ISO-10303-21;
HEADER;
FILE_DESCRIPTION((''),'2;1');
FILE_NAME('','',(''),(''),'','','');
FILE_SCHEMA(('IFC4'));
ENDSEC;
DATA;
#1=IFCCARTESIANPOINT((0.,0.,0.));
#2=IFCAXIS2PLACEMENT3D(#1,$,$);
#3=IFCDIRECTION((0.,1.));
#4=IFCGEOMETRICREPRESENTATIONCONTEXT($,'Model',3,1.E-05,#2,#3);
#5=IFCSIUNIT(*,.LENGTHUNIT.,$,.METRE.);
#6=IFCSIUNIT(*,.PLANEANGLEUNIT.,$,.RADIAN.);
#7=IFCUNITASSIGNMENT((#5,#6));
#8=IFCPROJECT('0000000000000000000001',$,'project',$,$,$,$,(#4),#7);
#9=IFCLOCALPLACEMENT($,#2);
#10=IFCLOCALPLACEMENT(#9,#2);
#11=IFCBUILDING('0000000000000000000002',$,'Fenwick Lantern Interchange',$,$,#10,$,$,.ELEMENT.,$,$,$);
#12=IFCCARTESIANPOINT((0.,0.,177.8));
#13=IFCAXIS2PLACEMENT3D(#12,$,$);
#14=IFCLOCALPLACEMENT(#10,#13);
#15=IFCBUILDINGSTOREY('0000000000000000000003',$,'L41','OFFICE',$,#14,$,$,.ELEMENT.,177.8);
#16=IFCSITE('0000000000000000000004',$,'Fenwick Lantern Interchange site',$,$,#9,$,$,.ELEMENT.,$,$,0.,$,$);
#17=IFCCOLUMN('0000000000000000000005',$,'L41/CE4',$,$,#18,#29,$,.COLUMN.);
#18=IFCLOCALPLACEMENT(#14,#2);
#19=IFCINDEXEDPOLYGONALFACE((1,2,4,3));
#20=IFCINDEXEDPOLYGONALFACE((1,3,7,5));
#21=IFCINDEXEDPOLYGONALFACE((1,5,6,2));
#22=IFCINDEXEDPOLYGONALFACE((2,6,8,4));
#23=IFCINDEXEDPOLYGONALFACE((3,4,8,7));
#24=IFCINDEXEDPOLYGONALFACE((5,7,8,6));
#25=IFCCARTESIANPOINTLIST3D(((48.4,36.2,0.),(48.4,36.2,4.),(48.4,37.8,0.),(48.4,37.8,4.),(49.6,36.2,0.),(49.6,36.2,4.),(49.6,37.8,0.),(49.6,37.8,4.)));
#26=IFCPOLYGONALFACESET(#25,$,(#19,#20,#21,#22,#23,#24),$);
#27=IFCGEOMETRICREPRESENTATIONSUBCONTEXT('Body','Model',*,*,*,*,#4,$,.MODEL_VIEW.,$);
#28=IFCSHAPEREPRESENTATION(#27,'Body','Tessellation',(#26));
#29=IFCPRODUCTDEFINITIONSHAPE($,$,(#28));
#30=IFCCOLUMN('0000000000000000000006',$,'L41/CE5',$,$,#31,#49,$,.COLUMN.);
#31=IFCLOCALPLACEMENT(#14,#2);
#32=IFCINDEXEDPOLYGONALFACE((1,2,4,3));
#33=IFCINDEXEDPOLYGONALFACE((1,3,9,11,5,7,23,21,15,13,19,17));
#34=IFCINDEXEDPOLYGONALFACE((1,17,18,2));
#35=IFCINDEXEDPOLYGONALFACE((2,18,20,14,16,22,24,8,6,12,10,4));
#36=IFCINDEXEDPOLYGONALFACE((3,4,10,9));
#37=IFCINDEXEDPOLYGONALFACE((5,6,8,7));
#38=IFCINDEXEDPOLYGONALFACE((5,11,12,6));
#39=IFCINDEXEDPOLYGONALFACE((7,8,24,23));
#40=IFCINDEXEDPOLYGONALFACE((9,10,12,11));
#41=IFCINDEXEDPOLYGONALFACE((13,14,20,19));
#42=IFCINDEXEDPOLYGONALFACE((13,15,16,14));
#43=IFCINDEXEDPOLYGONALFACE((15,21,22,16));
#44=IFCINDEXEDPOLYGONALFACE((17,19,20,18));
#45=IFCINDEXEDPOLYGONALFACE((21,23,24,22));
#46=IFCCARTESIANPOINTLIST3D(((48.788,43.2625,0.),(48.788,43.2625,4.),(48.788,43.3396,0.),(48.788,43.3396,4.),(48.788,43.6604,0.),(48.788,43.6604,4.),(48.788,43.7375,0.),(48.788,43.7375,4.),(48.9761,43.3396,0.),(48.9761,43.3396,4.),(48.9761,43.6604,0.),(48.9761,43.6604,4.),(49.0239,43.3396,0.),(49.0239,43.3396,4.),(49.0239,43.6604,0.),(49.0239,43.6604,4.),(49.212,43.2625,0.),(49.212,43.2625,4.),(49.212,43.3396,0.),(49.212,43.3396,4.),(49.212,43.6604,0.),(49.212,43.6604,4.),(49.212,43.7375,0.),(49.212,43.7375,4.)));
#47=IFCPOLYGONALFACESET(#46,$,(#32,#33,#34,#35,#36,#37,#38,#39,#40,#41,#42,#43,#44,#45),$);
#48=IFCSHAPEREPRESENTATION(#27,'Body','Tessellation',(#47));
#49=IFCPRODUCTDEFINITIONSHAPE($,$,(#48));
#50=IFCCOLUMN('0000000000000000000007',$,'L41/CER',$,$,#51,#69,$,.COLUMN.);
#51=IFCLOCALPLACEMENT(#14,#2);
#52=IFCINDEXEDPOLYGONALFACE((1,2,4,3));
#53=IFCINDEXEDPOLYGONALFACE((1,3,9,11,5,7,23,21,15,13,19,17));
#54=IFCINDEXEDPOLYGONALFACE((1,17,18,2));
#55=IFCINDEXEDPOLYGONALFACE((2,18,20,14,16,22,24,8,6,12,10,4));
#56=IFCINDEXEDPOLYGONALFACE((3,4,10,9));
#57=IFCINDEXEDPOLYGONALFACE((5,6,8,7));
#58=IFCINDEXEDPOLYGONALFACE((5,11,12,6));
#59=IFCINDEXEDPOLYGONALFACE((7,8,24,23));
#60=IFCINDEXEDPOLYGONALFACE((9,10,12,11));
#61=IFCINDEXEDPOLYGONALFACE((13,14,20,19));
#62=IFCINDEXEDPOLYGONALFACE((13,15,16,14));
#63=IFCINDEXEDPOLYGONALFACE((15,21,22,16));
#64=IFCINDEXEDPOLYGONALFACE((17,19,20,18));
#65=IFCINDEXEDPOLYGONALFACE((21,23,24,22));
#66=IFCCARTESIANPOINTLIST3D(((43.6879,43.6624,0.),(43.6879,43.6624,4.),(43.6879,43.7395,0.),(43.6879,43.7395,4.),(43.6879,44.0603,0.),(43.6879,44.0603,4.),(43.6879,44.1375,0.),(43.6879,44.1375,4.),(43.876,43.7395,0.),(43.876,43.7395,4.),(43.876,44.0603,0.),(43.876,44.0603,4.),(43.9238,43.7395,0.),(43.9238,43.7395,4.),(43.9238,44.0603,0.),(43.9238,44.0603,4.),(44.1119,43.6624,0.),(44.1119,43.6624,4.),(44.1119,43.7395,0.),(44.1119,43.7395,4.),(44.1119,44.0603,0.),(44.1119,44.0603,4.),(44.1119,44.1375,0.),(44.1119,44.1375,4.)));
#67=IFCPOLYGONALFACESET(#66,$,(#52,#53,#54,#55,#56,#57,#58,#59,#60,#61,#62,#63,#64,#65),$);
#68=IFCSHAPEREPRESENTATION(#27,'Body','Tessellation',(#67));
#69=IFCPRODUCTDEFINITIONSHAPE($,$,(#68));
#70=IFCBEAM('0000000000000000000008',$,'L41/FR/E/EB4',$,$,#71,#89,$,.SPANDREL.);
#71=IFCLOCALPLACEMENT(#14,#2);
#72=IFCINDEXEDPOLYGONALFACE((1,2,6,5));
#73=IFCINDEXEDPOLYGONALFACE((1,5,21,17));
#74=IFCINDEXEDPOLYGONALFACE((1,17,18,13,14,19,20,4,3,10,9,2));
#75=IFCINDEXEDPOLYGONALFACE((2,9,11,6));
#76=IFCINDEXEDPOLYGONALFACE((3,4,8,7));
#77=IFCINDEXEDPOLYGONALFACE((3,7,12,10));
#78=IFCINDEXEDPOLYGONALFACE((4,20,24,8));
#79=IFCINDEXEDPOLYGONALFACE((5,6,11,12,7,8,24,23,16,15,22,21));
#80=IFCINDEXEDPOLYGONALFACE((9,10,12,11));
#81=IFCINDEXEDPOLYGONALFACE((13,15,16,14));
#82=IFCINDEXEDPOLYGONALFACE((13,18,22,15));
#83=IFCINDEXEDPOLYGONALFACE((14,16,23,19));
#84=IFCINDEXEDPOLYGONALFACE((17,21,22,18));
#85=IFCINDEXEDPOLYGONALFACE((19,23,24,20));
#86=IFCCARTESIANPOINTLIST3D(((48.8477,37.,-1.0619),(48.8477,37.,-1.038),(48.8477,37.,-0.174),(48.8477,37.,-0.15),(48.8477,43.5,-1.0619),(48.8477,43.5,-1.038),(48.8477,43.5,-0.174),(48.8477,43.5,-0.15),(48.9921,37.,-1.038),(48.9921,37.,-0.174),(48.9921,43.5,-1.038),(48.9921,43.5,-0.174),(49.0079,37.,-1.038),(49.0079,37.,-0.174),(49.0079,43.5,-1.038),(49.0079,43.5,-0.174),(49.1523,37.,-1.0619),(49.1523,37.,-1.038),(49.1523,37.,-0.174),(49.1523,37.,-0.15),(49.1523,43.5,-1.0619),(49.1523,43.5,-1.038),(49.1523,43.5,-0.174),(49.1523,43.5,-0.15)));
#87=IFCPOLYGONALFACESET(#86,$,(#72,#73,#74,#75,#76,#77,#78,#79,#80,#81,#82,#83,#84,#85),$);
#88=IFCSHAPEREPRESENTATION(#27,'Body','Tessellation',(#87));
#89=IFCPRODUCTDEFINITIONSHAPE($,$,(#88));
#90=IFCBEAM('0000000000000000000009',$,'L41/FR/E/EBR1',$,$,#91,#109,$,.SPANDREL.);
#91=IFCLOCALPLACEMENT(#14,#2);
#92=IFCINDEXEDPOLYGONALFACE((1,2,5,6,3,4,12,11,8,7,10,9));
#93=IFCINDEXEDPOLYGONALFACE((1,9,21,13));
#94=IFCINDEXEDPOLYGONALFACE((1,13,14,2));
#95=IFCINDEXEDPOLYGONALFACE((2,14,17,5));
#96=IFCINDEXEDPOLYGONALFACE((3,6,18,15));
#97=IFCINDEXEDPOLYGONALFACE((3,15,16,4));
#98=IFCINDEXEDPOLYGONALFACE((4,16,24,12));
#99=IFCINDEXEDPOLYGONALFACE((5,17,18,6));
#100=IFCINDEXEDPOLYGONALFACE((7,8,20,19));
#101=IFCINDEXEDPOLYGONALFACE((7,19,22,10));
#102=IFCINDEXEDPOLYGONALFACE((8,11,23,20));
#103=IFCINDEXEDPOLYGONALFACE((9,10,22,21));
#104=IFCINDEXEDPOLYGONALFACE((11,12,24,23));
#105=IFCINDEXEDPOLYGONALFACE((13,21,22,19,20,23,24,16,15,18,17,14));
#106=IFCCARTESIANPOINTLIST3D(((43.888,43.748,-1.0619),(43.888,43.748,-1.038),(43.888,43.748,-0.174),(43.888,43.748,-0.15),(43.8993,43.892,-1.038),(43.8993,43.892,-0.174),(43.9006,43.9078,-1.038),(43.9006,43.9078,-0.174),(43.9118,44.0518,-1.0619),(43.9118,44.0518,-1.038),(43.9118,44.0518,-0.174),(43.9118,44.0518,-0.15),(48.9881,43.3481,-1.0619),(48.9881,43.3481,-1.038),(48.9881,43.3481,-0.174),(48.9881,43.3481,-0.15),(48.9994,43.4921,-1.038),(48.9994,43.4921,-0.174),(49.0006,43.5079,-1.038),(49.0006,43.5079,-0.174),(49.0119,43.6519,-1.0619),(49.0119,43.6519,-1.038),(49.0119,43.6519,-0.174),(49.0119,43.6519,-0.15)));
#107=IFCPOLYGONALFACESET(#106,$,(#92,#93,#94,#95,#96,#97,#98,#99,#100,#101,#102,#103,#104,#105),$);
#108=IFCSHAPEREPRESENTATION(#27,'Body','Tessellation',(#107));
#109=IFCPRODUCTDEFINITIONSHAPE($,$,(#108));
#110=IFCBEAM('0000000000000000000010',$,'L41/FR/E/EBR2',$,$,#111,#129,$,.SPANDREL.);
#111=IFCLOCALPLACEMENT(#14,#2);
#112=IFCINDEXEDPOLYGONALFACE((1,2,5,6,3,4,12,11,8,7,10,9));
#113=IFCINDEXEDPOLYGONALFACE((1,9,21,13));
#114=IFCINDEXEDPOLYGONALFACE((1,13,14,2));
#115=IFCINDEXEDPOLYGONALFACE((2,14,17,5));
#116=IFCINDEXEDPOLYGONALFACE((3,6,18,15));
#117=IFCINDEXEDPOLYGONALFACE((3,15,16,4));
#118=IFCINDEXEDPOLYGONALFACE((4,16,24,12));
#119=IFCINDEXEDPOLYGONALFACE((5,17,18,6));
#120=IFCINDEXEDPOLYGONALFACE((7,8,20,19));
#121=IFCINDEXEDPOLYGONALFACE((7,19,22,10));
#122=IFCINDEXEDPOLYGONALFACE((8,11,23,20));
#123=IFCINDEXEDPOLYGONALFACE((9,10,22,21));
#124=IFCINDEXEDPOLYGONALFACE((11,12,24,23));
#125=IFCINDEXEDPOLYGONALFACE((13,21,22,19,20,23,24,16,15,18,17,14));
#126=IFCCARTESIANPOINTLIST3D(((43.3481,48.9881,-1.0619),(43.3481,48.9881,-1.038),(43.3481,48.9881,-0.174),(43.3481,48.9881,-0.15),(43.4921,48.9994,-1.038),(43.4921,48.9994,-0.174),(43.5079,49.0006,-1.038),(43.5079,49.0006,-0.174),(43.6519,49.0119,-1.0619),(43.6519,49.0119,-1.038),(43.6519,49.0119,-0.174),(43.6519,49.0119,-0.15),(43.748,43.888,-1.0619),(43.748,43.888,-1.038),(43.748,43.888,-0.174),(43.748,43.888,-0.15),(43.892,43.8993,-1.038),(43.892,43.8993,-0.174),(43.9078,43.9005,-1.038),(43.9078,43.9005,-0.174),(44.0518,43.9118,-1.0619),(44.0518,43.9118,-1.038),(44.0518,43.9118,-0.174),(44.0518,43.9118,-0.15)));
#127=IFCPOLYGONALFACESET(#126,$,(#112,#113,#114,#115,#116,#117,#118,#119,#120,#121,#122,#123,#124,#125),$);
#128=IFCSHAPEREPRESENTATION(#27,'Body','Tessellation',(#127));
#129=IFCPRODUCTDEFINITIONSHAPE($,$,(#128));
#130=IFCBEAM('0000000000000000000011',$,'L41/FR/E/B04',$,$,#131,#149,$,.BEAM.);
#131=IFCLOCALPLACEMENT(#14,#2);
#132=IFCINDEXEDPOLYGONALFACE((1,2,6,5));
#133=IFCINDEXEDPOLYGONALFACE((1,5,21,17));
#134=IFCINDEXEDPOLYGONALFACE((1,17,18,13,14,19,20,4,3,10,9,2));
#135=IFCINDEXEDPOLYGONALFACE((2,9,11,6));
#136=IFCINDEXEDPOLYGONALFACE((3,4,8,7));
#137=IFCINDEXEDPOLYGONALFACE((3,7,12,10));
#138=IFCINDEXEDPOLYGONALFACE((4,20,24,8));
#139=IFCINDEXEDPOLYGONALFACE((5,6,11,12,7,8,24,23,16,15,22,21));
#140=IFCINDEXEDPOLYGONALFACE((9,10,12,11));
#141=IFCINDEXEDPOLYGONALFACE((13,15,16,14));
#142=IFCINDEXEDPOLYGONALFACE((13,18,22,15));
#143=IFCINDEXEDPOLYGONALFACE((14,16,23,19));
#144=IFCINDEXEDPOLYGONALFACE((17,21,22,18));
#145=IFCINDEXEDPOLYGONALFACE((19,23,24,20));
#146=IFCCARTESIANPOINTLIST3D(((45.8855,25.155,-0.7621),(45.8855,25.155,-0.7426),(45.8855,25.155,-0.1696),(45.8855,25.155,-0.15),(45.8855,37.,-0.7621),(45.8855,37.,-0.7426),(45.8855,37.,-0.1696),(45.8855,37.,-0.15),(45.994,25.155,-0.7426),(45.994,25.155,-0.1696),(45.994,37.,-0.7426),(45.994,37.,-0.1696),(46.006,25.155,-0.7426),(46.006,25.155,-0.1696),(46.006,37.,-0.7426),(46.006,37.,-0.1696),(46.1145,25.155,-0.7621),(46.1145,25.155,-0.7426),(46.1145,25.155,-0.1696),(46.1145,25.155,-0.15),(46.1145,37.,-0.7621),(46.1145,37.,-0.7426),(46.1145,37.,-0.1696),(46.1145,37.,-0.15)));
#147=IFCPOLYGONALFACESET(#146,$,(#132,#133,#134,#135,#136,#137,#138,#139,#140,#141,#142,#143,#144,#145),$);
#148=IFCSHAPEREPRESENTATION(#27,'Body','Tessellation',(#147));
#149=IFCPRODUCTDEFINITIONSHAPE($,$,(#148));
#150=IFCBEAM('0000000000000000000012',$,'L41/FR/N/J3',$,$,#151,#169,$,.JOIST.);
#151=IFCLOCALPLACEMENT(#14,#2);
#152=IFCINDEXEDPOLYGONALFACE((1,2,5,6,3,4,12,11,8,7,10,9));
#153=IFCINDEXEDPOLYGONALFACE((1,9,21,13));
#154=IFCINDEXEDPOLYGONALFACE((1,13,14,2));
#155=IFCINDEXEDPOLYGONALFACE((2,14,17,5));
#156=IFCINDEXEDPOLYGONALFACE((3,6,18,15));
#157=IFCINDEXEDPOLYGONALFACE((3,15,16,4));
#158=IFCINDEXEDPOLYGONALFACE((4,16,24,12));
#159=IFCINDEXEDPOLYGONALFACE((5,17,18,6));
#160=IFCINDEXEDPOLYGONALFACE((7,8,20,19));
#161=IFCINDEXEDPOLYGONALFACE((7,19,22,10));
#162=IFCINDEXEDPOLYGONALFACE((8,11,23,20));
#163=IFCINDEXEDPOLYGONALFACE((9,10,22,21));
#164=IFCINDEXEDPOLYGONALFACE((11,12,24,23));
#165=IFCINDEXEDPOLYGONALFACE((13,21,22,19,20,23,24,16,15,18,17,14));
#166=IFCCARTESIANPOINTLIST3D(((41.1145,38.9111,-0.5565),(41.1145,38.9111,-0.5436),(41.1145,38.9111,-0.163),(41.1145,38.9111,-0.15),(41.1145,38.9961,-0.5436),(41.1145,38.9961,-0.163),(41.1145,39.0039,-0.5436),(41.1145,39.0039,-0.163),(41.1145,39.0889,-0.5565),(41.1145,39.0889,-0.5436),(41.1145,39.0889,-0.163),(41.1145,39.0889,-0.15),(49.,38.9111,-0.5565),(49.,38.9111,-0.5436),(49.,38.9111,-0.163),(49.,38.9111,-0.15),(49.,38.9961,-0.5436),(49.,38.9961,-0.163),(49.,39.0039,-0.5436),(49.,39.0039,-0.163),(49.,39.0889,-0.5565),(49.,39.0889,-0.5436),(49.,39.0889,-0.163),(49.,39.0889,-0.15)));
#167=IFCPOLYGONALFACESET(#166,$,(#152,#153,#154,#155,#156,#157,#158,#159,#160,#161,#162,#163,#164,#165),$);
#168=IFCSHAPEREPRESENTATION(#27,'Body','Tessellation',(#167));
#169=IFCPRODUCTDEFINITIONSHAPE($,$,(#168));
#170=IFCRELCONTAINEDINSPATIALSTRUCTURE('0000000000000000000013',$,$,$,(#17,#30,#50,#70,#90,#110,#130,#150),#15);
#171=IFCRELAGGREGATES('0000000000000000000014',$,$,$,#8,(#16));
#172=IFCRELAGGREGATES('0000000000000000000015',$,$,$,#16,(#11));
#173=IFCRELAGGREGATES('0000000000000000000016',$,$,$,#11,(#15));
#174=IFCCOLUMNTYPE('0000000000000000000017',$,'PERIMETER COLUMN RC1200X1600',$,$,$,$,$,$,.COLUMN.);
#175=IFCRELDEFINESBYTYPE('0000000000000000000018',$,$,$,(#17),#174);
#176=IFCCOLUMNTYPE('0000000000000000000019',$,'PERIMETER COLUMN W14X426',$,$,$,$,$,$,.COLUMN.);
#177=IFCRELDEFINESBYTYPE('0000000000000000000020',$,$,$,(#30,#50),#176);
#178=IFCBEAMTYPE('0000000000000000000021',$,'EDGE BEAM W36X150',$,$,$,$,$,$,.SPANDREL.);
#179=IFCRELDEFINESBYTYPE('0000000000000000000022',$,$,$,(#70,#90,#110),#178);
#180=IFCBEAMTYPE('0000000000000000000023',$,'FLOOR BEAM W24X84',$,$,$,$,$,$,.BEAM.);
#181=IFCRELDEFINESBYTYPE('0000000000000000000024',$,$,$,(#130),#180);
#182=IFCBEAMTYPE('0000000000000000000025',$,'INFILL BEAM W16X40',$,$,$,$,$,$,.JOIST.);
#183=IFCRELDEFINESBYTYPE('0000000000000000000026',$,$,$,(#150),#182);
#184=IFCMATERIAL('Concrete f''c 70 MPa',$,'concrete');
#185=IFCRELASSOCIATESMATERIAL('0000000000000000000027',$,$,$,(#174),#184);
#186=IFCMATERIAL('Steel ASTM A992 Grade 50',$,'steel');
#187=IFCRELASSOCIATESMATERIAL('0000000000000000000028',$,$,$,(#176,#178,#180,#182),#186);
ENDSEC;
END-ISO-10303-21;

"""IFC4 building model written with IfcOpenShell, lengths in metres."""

from ifc_helpers import new_model, si_unit, direction, frame, origin, origin_2d, place, context, subcontext, project, spatial, rectangle, i_section, extrude, material, material_profile, profile_set, type_object, element, save


model = new_model("IFC4")

# Units and contexts
model_context = context("Model", 3, precision=1e-05, world=origin(), true_north=direction((0.0, 1.0)))
body_context = subcontext(model_context, "Body", "Model", "MODEL_VIEW")
ifc_project = project(units=[si_unit("LENGTHUNIT", "METRE"), si_unit("PLANEANGLEUNIT", "RADIAN")], contexts=[model_context])

# Site, building, storey
site_placement = place(None, origin())
site = spatial("IfcSite", under=ifc_project, at=site_placement, Name="Fenwick Lantern Interchange site", CompositionType="ELEMENT", RefElevation=0.0)
building_placement = place(site_placement, origin())
building = spatial("IfcBuilding", under=site, at=building_placement, Name="Fenwick Lantern Interchange", CompositionType="ELEMENT")
storey_placement = place(building_placement, frame((0.0, 0.0, 177.8)))
storey = spatial("IfcBuildingStorey", under=building, at=storey_placement, Name="L41", Description="OFFICE", CompositionType="ELEMENT", Elevation=177.8)

# Columns
ifc_material_1 = material(Name="Concrete f'c 70 MPa", Category="concrete")
ifc_material_profile_1 = material_profile(ifc_material_1, rectangle(XDim=1.2, YDim=1.6001, at=origin_2d()), Name="RC1200X1600")
ifc_profile_set_1 = profile_set([ifc_material_profile_1], Name="Concrete f'c 70 MPa")
column_type_1 = type_object("IfcColumnType", Name="PERIMETER COLUMN RC1200X1600", PredefinedType="COLUMN", material=ifc_profile_set_1)
column_placement = place(storey_placement, frame((49.0, 37.0, 0.0), z_axis=(0.0, 0.0, 1.0), x_axis=(1.0, 0.0, 0.0)))
element("IfcColumn", 1, at=column_placement, inside=storey, type_object=column_type_1, Name="L41/CE4", PredefinedType="COLUMN", context=body_context, shape_type="SweptSolid", body=[
    extrude(rectangle(XDim=1.2, YDim=1.6001, at=origin_2d()), origin(), (0.0, 0.0, 1.0), 4.0),
])
ifc_material_2 = material(Name="Steel ASTM A992 Grade 50", Category="steel")
ifc_material_profile_2 = material_profile(ifc_material_2, i_section(OverallWidth=0.4241, OverallDepth=0.4751, WebThickness=0.0479, FlangeThickness=0.0771, at=origin_2d()), Name="W14X426")
ifc_profile_set_2 = profile_set([ifc_material_profile_2], Name="Steel ASTM A992 Grade 50")
column_type_2 = type_object("IfcColumnType", Name="PERIMETER COLUMN W14X426", PredefinedType="COLUMN", material=ifc_profile_set_2)
for number, where, z_axis, x_axis, name in (
    (2, (49.0, 43.5, 0.0), (0.0, 0.0, 1.0), (1.0, 0.0, 0.0), "L41/CE5"),
    (3, (43.8999, 43.8999, 0.0), (0.0, 0.0, 1.0), (1.0, 0.0, 0.0), "L41/CER"),
):
    element("IfcColumn", number, at=place(storey_placement, frame(where, z_axis=z_axis, x_axis=x_axis)), inside=storey, type_object=column_type_2, Name=name, PredefinedType="COLUMN", context=body_context, shape_type="SweptSolid", body=[
        extrude(i_section(OverallWidth=0.4241, OverallDepth=0.4751, WebThickness=0.0479, FlangeThickness=0.0771, at=origin_2d()), origin(), (0.0, 0.0, 1.0), 4.0),
    ])

# Beams
ifc_material_profile_3 = material_profile(ifc_material_2, i_section(OverallWidth=0.3047, OverallDepth=0.9119, WebThickness=0.0159, FlangeThickness=0.0239, at=origin_2d()), Name="W36X150")
ifc_profile_set_3 = profile_set([ifc_material_profile_3], Name="Steel ASTM A992 Grade 50")
beam_type_1 = type_object("IfcBeamType", Name="EDGE BEAM W36X150", PredefinedType="SPANDREL", material=ifc_profile_set_3)
beam_1_placement = place(storey_placement, frame((49.0, 37.0, -0.606), z_axis=(0.0, 1.0, 0.0), x_axis=(-1.0, 0.0, 0.0)))
element("IfcBeam", 4, at=beam_1_placement, inside=storey, type_object=beam_type_1, Name="L41/FR/E/EB4", PredefinedType="SPANDREL", context=body_context, shape_type="SweptSolid", body=[
    extrude(i_section(OverallWidth=0.3047, OverallDepth=0.9119, WebThickness=0.0159, FlangeThickness=0.0239, at=origin_2d()), origin(), (0.0, 0.0, 1.0), 6.5),
])
for number, where, z_axis, x_axis, name in (
    (5, (49.0, 43.5, -0.606), (-0.99694, 0.078171, 0.0), (-0.078171, -0.99694, 0.0), "L41/FR/E/EBR1"),
    (6, (43.8999, 43.8999, -0.606), (-0.078171, 0.99694, 0.0), (-0.99694, -0.078171, 0.0), "L41/FR/E/EBR2"),
):
    element("IfcBeam", number, at=place(storey_placement, frame(where, z_axis=z_axis, x_axis=x_axis)), inside=storey, type_object=beam_type_1, Name=name, PredefinedType="SPANDREL", context=body_context, shape_type="SweptSolid", body=[
        extrude(i_section(OverallWidth=0.3047, OverallDepth=0.9119, WebThickness=0.0159, FlangeThickness=0.0239, at=origin_2d()), origin(), (0.0, 0.0, 1.0), 5.1157),
    ])
ifc_material_profile_4 = material_profile(ifc_material_2, i_section(OverallWidth=0.229, OverallDepth=0.6121, WebThickness=0.012, FlangeThickness=0.0195, at=origin_2d()), Name="W24X84")
ifc_profile_set_4 = profile_set([ifc_material_profile_4], Name="Steel ASTM A992 Grade 50")
beam_type_2 = type_object("IfcBeamType", Name="FLOOR BEAM W24X84", PredefinedType="BEAM", material=ifc_profile_set_4)
beam_2_placement = place(storey_placement, frame((46.0, 25.155, -0.4561), z_axis=(0.0, 1.0, 0.0), x_axis=(-1.0, 0.0, 0.0)))
element("IfcBeam", 7, at=beam_2_placement, inside=storey, type_object=beam_type_2, Name="L41/FR/E/B04", PredefinedType="BEAM", context=body_context, shape_type="SweptSolid", body=[
    extrude(i_section(OverallWidth=0.229, OverallDepth=0.6121, WebThickness=0.012, FlangeThickness=0.0195, at=origin_2d()), origin(), (0.0, 0.0, 1.0), 11.845),
])
ifc_material_profile_5 = material_profile(ifc_material_2, i_section(OverallWidth=0.1777, OverallDepth=0.4065, WebThickness=0.0078, FlangeThickness=0.0129, at=origin_2d()), Name="W16X40")
ifc_profile_set_5 = profile_set([ifc_material_profile_5], Name="Steel ASTM A992 Grade 50")
beam_type_3 = type_object("IfcBeamType", Name="INFILL BEAM W16X40", PredefinedType="JOIST", material=ifc_profile_set_5)
beam_3_placement = place(storey_placement, frame((49.0, 39.0, -0.3533), z_axis=(-1.0, 0.0, 0.0), x_axis=(0.0, -1.0, 0.0)))
element("IfcBeam", 8, at=beam_3_placement, inside=storey, type_object=beam_type_3, Name="L41/FR/N/J3", PredefinedType="JOIST", context=body_context, shape_type="SweptSolid", body=[
    extrude(i_section(OverallWidth=0.1777, OverallDepth=0.4065, WebThickness=0.0078, FlangeThickness=0.0129, at=origin_2d()), origin(), (0.0, 0.0, 1.0), 7.8855),
])

save(model, "model.ifc")
